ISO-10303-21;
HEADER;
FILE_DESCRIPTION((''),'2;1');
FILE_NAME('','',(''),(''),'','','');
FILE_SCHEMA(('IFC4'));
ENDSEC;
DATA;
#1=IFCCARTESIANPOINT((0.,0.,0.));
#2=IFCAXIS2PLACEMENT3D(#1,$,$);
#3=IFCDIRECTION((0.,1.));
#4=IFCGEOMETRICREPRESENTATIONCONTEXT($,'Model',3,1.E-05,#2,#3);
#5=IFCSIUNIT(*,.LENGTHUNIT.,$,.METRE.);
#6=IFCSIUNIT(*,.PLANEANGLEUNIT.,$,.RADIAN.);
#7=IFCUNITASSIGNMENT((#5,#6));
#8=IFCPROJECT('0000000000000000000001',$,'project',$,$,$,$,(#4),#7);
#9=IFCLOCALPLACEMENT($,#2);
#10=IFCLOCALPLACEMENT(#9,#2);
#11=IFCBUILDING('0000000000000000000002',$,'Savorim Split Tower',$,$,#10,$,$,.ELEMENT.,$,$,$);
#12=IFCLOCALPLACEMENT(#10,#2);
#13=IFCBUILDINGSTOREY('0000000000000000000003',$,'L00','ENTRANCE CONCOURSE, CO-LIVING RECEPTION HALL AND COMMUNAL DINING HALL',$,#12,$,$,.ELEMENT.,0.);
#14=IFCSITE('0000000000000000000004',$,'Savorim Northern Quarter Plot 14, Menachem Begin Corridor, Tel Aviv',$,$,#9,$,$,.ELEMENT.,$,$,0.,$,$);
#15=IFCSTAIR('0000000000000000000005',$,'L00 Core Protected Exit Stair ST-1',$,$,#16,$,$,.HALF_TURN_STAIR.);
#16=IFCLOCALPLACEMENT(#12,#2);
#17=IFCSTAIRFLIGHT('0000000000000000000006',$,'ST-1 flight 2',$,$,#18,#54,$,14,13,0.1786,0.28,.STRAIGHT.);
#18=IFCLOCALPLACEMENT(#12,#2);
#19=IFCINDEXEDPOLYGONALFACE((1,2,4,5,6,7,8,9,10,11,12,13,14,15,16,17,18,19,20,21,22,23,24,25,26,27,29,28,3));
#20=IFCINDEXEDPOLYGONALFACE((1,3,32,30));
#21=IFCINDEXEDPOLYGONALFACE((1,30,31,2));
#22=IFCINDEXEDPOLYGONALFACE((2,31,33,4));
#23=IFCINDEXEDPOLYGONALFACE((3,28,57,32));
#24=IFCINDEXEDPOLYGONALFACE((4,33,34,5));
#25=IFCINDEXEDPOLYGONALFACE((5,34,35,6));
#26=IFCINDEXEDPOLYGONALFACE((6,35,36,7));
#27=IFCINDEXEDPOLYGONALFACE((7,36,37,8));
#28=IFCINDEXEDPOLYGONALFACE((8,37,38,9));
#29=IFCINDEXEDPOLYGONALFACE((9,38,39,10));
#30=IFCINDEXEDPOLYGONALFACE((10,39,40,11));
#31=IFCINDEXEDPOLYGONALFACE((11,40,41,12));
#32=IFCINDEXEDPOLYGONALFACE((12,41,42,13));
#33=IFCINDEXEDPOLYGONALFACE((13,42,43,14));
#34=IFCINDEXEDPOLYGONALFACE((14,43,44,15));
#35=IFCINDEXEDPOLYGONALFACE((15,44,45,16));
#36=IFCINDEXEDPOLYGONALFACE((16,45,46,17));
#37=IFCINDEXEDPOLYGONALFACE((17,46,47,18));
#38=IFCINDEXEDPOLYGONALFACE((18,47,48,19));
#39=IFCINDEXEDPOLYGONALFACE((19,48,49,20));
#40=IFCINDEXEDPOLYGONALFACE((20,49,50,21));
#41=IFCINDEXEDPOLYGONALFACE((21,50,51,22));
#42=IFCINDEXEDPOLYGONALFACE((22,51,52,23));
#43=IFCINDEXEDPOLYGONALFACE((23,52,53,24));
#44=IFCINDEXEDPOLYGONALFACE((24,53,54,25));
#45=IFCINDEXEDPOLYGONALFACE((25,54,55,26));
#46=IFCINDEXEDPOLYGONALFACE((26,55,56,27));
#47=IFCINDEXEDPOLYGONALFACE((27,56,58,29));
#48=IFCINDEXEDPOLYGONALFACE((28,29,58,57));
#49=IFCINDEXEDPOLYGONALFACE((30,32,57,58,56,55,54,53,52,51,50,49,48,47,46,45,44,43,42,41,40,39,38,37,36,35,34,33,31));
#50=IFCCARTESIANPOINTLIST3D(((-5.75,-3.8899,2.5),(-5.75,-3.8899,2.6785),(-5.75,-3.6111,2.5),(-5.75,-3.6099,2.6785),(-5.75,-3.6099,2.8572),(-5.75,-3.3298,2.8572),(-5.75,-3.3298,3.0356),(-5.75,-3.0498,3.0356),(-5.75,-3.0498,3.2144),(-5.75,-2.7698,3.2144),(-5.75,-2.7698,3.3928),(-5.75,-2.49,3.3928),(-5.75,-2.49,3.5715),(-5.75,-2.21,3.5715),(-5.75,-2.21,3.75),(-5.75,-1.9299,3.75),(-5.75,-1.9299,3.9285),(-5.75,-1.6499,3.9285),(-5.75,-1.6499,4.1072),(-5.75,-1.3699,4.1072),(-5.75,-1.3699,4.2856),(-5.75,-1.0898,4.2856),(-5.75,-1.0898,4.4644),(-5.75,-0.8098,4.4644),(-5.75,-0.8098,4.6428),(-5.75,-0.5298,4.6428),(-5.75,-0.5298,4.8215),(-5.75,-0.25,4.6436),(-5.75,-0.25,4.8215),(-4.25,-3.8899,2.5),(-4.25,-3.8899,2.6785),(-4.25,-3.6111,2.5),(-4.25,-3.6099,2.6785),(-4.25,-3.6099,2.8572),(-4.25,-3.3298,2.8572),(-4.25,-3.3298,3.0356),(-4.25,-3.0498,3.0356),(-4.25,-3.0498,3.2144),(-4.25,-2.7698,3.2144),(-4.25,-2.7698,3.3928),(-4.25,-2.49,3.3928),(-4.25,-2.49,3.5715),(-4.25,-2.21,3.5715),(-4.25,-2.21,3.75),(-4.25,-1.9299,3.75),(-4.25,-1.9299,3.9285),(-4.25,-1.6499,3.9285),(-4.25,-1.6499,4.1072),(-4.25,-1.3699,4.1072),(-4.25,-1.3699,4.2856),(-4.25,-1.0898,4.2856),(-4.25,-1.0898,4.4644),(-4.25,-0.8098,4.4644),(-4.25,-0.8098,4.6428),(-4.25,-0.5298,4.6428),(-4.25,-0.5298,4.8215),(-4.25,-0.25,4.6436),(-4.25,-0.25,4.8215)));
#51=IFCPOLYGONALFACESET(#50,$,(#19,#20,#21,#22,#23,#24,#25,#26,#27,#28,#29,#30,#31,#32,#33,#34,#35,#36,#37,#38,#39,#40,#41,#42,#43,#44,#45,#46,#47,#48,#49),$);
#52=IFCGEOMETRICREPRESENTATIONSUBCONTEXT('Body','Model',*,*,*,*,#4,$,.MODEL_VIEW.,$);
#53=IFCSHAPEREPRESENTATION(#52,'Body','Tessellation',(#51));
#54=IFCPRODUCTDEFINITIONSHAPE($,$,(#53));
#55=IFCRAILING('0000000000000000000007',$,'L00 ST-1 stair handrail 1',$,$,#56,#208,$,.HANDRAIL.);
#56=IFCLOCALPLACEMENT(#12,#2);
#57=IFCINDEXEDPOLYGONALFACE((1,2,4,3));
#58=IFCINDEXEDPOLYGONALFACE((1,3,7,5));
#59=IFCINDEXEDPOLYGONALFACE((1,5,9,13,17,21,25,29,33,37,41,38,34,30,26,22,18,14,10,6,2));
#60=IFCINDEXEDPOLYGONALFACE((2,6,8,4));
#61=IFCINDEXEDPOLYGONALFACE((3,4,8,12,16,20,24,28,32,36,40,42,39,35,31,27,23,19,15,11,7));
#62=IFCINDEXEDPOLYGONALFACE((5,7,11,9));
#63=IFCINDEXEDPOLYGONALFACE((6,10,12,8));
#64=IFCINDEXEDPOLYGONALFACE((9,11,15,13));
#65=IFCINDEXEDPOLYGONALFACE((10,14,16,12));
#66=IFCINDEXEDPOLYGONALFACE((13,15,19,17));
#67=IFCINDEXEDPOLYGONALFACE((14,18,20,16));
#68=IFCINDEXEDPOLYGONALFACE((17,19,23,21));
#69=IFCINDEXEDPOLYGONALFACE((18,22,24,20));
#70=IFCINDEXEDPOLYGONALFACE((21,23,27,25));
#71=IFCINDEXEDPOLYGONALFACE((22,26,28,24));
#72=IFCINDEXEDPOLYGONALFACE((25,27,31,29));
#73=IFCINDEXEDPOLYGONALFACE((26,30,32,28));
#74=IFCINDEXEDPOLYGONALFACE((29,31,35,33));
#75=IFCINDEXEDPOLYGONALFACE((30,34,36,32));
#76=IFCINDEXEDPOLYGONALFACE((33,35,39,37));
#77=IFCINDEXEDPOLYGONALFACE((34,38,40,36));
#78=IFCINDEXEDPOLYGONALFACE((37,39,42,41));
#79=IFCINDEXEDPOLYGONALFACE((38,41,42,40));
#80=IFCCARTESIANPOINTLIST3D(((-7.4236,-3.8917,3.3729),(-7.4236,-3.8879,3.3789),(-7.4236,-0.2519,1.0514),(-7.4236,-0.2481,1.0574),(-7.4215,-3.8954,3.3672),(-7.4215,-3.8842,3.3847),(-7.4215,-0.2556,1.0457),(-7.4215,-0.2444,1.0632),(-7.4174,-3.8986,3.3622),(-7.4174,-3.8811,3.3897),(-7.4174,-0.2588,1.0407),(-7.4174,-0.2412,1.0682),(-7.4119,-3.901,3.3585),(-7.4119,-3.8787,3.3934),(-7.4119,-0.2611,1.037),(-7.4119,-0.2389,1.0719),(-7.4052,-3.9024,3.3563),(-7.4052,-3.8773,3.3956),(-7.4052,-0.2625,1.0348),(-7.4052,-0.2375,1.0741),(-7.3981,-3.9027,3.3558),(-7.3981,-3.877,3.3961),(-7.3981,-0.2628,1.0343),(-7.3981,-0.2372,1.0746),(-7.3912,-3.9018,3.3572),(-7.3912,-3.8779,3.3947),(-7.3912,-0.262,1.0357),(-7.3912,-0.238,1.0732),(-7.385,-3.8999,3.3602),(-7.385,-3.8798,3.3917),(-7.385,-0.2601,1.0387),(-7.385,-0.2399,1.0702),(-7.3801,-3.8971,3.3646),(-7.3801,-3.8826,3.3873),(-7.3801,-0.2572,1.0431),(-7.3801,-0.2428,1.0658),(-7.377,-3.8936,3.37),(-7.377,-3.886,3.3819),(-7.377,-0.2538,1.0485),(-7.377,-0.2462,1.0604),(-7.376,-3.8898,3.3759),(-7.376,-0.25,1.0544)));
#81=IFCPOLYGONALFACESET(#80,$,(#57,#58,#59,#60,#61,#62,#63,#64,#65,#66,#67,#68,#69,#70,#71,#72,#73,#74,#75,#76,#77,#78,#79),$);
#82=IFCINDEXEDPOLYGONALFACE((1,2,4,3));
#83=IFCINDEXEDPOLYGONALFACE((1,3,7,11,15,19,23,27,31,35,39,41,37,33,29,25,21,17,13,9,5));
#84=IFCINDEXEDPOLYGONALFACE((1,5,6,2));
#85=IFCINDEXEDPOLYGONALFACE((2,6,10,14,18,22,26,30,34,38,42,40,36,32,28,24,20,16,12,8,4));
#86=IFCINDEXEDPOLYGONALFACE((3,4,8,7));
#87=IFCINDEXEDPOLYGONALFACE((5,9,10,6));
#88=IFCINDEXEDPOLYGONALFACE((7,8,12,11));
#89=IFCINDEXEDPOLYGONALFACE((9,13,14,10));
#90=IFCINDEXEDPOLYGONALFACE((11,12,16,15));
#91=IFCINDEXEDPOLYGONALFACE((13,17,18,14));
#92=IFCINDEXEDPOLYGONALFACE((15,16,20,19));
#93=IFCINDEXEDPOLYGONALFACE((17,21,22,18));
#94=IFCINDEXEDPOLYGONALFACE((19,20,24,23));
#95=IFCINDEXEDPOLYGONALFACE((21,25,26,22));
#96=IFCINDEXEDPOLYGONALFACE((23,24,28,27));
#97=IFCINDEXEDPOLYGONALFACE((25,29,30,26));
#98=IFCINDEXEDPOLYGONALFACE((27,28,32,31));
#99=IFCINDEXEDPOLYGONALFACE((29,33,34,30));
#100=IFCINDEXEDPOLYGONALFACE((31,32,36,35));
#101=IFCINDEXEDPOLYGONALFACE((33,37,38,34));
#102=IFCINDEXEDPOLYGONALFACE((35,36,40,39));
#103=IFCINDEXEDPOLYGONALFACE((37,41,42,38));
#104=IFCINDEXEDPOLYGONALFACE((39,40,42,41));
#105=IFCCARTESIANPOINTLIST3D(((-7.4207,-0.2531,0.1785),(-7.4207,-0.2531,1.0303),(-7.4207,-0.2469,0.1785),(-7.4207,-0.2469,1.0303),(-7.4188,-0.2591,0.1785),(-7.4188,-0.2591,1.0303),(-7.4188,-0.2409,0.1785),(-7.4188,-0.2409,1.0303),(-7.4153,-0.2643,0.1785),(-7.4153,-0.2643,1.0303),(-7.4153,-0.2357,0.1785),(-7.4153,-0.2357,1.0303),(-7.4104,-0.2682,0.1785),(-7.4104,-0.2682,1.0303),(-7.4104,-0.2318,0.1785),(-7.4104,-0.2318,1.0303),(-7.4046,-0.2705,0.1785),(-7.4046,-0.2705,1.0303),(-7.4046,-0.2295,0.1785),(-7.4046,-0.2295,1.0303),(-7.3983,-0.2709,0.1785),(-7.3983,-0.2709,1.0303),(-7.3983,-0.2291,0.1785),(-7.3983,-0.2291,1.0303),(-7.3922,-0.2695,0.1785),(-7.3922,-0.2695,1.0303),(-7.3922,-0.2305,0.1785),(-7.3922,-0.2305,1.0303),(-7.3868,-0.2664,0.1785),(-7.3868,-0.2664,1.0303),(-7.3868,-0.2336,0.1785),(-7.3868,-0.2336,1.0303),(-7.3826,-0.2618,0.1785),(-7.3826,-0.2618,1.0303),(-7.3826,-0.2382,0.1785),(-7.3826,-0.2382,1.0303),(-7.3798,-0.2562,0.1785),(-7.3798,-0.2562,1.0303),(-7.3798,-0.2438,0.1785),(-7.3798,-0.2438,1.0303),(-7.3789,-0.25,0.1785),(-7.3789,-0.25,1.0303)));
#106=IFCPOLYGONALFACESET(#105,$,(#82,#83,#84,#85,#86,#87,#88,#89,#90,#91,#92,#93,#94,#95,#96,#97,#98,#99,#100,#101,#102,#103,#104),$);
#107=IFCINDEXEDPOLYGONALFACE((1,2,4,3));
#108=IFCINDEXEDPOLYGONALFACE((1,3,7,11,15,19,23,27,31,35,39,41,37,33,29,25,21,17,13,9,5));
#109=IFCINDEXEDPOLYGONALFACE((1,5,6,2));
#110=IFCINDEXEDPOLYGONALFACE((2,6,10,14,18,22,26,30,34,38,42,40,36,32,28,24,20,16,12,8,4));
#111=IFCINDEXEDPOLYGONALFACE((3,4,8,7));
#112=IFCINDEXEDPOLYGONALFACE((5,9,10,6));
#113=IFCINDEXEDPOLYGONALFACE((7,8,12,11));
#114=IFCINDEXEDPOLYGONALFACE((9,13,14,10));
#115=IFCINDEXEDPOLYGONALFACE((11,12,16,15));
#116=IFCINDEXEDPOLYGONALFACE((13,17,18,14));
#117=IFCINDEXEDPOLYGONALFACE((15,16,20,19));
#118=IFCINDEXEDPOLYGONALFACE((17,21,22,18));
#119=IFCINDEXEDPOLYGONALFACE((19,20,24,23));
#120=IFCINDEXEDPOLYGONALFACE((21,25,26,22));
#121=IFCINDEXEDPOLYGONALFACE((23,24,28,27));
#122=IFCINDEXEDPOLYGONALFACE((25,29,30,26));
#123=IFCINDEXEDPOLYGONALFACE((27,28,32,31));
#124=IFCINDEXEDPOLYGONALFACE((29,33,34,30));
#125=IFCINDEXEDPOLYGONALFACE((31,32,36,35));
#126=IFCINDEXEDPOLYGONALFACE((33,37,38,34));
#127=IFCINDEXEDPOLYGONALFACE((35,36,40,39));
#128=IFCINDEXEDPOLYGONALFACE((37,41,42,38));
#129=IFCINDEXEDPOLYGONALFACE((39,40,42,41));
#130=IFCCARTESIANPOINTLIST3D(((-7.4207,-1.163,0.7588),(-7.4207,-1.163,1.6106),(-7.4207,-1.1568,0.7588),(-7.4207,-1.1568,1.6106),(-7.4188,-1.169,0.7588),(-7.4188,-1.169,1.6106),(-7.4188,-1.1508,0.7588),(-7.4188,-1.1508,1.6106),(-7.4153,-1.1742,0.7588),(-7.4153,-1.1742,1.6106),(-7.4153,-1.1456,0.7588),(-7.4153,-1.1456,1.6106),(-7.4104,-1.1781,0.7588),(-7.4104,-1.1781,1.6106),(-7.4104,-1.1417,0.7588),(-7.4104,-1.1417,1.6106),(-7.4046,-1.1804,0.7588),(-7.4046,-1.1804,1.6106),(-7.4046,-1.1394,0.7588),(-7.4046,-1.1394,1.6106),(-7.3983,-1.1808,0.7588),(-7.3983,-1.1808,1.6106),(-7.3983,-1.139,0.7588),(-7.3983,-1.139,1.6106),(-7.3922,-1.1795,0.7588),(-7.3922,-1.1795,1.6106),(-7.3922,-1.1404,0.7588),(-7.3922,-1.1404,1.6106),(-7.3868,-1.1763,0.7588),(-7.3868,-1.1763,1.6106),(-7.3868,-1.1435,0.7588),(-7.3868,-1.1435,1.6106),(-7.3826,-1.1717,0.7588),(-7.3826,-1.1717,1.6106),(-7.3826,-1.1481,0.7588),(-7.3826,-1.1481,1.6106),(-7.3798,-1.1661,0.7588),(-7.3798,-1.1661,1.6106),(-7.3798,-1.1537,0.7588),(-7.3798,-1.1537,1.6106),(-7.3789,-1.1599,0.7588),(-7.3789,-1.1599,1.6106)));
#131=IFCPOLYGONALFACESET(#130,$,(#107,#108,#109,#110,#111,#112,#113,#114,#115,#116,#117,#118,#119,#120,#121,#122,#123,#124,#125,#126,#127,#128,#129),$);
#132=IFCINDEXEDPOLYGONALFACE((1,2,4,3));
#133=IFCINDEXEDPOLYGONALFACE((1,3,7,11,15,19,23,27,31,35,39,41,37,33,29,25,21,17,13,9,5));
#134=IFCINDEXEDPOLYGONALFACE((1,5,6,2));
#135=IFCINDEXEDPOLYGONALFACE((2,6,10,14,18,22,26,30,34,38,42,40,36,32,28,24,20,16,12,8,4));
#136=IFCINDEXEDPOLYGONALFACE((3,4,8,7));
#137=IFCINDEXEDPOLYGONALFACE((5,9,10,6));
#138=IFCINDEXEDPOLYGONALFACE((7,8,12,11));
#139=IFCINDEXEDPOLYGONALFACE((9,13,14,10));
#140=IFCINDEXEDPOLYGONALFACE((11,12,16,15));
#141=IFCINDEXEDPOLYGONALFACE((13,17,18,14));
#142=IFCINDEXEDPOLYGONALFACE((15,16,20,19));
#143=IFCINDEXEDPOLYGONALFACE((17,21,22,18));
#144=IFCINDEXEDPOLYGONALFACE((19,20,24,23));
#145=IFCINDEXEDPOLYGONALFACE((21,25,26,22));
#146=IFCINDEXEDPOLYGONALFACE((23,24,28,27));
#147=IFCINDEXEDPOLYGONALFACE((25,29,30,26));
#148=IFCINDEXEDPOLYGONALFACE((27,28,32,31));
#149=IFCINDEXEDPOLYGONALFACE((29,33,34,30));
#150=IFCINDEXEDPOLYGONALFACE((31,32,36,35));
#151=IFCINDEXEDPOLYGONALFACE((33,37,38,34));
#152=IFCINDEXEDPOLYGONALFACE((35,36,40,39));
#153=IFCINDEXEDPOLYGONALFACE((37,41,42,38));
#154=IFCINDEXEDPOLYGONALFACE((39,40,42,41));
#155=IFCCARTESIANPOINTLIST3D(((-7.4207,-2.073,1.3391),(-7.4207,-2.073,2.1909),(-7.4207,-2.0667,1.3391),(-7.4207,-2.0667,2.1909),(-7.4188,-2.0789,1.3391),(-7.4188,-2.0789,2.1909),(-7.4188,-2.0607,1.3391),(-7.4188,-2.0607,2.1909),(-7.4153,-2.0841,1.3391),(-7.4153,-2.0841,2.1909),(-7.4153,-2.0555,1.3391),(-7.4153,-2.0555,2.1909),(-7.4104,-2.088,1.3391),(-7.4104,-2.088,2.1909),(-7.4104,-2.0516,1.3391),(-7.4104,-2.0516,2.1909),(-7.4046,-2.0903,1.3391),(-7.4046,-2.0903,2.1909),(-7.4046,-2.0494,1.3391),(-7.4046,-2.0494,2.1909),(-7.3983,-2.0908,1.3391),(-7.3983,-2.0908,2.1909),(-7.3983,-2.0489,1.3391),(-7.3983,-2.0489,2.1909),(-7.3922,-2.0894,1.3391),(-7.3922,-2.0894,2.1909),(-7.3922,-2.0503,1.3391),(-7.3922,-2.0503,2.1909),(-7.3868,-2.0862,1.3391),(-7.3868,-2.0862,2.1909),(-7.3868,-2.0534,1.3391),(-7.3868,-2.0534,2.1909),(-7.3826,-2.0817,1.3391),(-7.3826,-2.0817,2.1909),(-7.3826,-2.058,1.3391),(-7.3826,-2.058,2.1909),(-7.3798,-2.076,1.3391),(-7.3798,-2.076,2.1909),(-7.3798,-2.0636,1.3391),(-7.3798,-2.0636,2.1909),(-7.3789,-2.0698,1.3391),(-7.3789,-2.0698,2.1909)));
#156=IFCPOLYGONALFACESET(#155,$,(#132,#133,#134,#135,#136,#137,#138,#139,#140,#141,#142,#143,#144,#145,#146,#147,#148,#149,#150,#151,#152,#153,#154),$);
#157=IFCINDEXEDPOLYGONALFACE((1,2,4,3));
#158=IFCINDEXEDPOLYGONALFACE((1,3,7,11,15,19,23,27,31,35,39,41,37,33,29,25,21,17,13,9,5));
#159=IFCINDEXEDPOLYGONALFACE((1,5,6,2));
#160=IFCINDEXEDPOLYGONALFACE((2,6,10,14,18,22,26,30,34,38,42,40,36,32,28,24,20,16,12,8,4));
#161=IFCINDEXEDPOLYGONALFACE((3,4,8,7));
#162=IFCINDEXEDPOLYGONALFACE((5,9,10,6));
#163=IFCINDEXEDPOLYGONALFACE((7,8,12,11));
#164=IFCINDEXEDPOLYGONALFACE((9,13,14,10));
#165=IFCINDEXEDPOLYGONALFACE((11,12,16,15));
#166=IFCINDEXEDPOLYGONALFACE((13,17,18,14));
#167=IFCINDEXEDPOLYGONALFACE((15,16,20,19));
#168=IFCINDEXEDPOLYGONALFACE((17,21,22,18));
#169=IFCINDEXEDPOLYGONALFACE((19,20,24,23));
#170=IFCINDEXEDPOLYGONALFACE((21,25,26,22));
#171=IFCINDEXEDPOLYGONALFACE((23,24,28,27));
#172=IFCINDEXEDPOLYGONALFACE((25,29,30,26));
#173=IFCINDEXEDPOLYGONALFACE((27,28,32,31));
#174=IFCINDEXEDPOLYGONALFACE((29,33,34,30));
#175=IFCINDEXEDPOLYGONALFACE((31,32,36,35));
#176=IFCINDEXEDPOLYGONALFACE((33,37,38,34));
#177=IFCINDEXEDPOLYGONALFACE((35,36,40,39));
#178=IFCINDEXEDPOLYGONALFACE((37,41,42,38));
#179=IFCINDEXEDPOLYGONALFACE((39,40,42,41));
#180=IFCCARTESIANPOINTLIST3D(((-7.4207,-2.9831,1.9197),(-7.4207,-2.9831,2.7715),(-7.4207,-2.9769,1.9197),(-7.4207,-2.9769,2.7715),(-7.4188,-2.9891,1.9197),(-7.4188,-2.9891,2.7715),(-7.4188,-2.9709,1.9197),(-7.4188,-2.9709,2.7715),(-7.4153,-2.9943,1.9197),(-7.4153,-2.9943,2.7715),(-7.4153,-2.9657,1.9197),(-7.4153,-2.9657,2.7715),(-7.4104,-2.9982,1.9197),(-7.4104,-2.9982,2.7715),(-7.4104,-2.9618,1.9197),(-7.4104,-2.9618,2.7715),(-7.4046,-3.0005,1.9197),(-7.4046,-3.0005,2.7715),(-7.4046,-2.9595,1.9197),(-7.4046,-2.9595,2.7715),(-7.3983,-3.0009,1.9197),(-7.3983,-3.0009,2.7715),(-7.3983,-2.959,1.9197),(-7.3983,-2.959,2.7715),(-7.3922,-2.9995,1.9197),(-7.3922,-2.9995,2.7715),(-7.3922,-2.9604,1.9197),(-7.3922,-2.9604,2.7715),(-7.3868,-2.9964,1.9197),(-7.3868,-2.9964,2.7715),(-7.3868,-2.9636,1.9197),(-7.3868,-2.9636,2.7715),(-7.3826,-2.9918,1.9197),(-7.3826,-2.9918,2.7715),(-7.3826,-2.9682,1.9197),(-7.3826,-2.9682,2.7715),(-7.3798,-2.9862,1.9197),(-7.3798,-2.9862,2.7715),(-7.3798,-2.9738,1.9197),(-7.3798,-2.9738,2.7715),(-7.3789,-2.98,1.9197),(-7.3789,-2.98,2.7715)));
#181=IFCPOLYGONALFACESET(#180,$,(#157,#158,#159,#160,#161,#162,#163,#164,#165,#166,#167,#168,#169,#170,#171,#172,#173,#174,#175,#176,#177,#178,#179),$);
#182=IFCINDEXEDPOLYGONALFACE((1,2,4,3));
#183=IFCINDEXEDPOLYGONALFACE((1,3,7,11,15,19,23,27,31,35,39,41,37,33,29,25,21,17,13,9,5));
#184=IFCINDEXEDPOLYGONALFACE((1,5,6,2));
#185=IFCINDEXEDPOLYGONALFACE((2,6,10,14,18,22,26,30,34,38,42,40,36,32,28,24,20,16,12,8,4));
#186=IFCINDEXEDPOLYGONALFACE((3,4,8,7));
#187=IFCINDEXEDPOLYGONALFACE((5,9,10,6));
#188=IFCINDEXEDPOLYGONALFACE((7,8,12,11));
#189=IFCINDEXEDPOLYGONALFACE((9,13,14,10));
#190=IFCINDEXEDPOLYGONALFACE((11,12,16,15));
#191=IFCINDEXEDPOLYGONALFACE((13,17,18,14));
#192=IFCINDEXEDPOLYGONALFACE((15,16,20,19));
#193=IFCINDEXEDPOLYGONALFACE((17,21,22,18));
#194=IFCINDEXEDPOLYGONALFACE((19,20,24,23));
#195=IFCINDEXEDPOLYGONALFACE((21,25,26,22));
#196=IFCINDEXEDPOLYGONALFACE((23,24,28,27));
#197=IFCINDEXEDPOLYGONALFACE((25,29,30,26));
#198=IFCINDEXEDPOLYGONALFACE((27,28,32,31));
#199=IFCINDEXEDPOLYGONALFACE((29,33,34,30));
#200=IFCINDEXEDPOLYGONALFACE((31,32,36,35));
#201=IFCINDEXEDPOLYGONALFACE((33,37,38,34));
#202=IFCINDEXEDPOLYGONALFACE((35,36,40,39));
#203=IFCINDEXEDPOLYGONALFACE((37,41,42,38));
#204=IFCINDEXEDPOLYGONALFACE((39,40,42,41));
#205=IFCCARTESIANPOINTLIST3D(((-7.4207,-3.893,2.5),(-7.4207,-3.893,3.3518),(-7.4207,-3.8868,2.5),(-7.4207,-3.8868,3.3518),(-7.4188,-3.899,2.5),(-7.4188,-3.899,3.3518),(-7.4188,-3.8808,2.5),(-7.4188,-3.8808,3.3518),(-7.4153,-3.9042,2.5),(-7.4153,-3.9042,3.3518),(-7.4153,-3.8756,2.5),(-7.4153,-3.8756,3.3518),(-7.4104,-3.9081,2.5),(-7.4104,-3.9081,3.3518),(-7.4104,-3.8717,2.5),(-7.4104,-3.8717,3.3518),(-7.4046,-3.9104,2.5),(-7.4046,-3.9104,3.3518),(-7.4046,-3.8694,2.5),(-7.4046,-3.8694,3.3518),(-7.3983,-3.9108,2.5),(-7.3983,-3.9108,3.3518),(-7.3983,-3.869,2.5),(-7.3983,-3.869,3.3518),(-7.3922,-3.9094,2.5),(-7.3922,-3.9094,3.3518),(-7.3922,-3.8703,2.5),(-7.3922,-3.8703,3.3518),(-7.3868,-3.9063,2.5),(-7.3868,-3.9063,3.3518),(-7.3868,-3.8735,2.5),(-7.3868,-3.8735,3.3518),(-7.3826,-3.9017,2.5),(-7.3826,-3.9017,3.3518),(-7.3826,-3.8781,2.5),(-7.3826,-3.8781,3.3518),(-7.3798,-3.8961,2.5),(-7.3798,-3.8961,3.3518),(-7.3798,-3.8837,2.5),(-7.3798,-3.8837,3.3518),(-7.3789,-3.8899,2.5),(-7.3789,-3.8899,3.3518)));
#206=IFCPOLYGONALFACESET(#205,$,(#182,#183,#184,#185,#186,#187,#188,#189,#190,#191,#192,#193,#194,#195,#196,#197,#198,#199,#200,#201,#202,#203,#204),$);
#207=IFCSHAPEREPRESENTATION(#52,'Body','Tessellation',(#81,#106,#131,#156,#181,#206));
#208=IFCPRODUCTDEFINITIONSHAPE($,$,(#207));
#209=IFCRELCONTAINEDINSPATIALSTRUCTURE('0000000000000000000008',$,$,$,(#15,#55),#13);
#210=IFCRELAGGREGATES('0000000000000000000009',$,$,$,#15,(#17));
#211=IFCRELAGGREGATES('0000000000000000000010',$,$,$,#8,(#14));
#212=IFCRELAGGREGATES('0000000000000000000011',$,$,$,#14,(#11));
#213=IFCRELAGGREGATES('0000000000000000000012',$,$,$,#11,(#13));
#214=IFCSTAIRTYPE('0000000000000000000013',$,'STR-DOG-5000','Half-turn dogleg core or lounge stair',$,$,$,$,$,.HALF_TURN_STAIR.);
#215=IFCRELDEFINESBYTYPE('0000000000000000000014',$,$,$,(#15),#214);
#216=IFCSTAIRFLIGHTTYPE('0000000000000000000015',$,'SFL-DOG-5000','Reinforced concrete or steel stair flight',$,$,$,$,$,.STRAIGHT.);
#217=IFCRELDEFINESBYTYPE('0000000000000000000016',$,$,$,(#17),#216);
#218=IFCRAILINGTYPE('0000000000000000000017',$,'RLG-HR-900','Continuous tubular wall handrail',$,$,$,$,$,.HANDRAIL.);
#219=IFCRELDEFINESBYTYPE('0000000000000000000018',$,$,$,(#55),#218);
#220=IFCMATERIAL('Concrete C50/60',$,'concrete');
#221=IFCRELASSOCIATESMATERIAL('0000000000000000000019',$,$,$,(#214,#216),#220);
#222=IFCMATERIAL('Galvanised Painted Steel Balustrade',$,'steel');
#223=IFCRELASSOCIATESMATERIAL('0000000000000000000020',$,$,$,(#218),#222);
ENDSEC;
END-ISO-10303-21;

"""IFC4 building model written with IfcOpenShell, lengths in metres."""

from ifc_helpers import new_model, si_unit, direction, frame, origin, origin_2d, place, context, subcontext, project, spatial, polyline, circle, outline, extrude, material, type_object, element, aggregate, save


model = new_model("IFC4")

# Units and contexts
model_context = context("Model", 3, precision=1e-05, world=origin(), true_north=direction((0.0, 1.0)))
body_context = subcontext(model_context, "Body", "Model", "MODEL_VIEW")
ifc_project = project(units=[si_unit("LENGTHUNIT", "METRE"), si_unit("PLANEANGLEUNIT", "RADIAN")], contexts=[model_context])

# Site, building, storey
site_placement = place(None, origin())
site = spatial("IfcSite", under=ifc_project, at=site_placement, Name="Savorim Northern Quarter Plot 14, Menachem Begin Corridor, Tel Aviv", CompositionType="ELEMENT", RefElevation=0.0)
building_placement = place(site_placement, origin())
building = spatial("IfcBuilding", under=site, at=building_placement, Name="Savorim Split Tower", CompositionType="ELEMENT")
storey_placement = place(building_placement, origin())
storey = spatial("IfcBuildingStorey", under=building, at=storey_placement, Name="L00", Description="ENTRANCE CONCOURSE, CO-LIVING RECEPTION HALL AND COMMUNAL DINING HALL", CompositionType="ELEMENT", Elevation=0.0)

# Shared definitions
ifc_material_1 = material(Name="Concrete C50/60", Category="concrete")

# Stair, stair flight
stair_type = type_object("IfcStairType", Name="STR-DOG-5000", Description="Half-turn dogleg core or lounge stair", PredefinedType="HALF_TURN_STAIR", material=ifc_material_1)
stair_placement = place(storey_placement, origin())
stair = element("IfcStair", 1, at=stair_placement, inside=storey, type_object=stair_type, Name="L00 Core Protected Exit Stair ST-1", PredefinedType="HALF_TURN_STAIR")
stair_flight_type = type_object("IfcStairFlightType", Name="SFL-DOG-5000", Description="Reinforced concrete or steel stair flight", PredefinedType="STRAIGHT", material=ifc_material_1)
stair_flight_1_placement = place(storey_placement, frame((-5.0, -3.8899, 2.5), z_axis=(0.0, 0.0, 1.0), x_axis=(0.0, 1.0, 0.0)))
stair_flight_1 = element("IfcStairFlight", 2, at=stair_flight_1_placement, type_object=stair_flight_type, Name="ST-1 flight 2", NumberOfRisers=14, NumberOfTreads=13, PredefinedType="STRAIGHT", RiserHeight=0.1786, TreadLength=0.28, context=body_context, shape_type="SweptSolid", body=[
    extrude(outline(polyline([(0.0, 0.0), (0.0, 0.1785), (0.28, 0.1785), (0.28, 0.3572), (0.5601, 0.3572), (0.5601, 0.5356), (0.8401, 0.5356), (0.8401, 0.7144), (1.1201, 0.7144), (1.1201, 0.8928), (1.3999, 0.8928), (1.3999, 1.0715), (1.6799, 1.0715), (1.6799, 1.25), (1.96, 1.25), (1.96, 1.4285), (2.24, 1.4285), (2.24, 1.6072), (2.52, 1.6072), (2.52, 1.7856), (2.8, 1.7856), (2.8, 1.9644), (3.0801, 1.9644), (3.0801, 2.1428), (3.3601, 2.1428), (3.3601, 2.3215), (3.6399, 2.3215), (3.6399, 2.5), (3.6399, 2.1436), (0.2788, 0.0), (0.0, 0.0)])), frame((0.0, 0.75, 0.0), z_axis=(0.0, -1.0, 0.0), x_axis=(1.0, 0.0, 0.0)), (0.0, 0.0, 1.0), 1.5),
])
aggregate(stair, [stair_flight_1])

# Railing
ifc_material_2 = material(Name="Galvanised Painted Steel Balustrade", Category="steel")
railing_type_1 = type_object("IfcRailingType", Name="RLG-HR-900", Description="Continuous tubular wall handrail", PredefinedType="HANDRAIL", material=ifc_material_2)
railing_1_placement = place(storey_placement, frame((-7.3999, -0.25, 0.1785)))
element("IfcRailing", 3, at=railing_1_placement, inside=storey, type_object=railing_type_1, Name="L00 ST-1 stair handrail 1", PredefinedType="HANDRAIL", context=body_context, shape_type="SweptSolid", body=[
    extrude(circle(Radius=0.0239, at=origin_2d()), frame((0.0, 0.0, 0.876), z_axis=(0.0, -0.843112, 0.537739), x_axis=(1.0, 0.0, 0.0)), (0.0, 0.0, 1.0), 4.3171),
    extrude(circle(Radius=0.021, at=origin_2d()), origin(), (0.0, 0.0, 1.0), 0.8518),
    extrude(circle(Radius=0.021, at=origin_2d()), frame((0.0, -0.9099, 0.5803)), (0.0, 0.0, 1.0), 0.8518),
    extrude(circle(Radius=0.021, at=origin_2d()), frame((0.0, -1.8198, 1.1606)), (0.0, 0.0, 1.0), 0.8518),
    extrude(circle(Radius=0.021, at=origin_2d()), frame((0.0, -2.73, 1.7412)), (0.0, 0.0, 1.0), 0.8518),
    extrude(circle(Radius=0.021, at=origin_2d()), frame((0.0, -3.6399, 2.3215)), (0.0, 0.0, 1.0), 0.8518),
])

save(model, "model.ifc")
